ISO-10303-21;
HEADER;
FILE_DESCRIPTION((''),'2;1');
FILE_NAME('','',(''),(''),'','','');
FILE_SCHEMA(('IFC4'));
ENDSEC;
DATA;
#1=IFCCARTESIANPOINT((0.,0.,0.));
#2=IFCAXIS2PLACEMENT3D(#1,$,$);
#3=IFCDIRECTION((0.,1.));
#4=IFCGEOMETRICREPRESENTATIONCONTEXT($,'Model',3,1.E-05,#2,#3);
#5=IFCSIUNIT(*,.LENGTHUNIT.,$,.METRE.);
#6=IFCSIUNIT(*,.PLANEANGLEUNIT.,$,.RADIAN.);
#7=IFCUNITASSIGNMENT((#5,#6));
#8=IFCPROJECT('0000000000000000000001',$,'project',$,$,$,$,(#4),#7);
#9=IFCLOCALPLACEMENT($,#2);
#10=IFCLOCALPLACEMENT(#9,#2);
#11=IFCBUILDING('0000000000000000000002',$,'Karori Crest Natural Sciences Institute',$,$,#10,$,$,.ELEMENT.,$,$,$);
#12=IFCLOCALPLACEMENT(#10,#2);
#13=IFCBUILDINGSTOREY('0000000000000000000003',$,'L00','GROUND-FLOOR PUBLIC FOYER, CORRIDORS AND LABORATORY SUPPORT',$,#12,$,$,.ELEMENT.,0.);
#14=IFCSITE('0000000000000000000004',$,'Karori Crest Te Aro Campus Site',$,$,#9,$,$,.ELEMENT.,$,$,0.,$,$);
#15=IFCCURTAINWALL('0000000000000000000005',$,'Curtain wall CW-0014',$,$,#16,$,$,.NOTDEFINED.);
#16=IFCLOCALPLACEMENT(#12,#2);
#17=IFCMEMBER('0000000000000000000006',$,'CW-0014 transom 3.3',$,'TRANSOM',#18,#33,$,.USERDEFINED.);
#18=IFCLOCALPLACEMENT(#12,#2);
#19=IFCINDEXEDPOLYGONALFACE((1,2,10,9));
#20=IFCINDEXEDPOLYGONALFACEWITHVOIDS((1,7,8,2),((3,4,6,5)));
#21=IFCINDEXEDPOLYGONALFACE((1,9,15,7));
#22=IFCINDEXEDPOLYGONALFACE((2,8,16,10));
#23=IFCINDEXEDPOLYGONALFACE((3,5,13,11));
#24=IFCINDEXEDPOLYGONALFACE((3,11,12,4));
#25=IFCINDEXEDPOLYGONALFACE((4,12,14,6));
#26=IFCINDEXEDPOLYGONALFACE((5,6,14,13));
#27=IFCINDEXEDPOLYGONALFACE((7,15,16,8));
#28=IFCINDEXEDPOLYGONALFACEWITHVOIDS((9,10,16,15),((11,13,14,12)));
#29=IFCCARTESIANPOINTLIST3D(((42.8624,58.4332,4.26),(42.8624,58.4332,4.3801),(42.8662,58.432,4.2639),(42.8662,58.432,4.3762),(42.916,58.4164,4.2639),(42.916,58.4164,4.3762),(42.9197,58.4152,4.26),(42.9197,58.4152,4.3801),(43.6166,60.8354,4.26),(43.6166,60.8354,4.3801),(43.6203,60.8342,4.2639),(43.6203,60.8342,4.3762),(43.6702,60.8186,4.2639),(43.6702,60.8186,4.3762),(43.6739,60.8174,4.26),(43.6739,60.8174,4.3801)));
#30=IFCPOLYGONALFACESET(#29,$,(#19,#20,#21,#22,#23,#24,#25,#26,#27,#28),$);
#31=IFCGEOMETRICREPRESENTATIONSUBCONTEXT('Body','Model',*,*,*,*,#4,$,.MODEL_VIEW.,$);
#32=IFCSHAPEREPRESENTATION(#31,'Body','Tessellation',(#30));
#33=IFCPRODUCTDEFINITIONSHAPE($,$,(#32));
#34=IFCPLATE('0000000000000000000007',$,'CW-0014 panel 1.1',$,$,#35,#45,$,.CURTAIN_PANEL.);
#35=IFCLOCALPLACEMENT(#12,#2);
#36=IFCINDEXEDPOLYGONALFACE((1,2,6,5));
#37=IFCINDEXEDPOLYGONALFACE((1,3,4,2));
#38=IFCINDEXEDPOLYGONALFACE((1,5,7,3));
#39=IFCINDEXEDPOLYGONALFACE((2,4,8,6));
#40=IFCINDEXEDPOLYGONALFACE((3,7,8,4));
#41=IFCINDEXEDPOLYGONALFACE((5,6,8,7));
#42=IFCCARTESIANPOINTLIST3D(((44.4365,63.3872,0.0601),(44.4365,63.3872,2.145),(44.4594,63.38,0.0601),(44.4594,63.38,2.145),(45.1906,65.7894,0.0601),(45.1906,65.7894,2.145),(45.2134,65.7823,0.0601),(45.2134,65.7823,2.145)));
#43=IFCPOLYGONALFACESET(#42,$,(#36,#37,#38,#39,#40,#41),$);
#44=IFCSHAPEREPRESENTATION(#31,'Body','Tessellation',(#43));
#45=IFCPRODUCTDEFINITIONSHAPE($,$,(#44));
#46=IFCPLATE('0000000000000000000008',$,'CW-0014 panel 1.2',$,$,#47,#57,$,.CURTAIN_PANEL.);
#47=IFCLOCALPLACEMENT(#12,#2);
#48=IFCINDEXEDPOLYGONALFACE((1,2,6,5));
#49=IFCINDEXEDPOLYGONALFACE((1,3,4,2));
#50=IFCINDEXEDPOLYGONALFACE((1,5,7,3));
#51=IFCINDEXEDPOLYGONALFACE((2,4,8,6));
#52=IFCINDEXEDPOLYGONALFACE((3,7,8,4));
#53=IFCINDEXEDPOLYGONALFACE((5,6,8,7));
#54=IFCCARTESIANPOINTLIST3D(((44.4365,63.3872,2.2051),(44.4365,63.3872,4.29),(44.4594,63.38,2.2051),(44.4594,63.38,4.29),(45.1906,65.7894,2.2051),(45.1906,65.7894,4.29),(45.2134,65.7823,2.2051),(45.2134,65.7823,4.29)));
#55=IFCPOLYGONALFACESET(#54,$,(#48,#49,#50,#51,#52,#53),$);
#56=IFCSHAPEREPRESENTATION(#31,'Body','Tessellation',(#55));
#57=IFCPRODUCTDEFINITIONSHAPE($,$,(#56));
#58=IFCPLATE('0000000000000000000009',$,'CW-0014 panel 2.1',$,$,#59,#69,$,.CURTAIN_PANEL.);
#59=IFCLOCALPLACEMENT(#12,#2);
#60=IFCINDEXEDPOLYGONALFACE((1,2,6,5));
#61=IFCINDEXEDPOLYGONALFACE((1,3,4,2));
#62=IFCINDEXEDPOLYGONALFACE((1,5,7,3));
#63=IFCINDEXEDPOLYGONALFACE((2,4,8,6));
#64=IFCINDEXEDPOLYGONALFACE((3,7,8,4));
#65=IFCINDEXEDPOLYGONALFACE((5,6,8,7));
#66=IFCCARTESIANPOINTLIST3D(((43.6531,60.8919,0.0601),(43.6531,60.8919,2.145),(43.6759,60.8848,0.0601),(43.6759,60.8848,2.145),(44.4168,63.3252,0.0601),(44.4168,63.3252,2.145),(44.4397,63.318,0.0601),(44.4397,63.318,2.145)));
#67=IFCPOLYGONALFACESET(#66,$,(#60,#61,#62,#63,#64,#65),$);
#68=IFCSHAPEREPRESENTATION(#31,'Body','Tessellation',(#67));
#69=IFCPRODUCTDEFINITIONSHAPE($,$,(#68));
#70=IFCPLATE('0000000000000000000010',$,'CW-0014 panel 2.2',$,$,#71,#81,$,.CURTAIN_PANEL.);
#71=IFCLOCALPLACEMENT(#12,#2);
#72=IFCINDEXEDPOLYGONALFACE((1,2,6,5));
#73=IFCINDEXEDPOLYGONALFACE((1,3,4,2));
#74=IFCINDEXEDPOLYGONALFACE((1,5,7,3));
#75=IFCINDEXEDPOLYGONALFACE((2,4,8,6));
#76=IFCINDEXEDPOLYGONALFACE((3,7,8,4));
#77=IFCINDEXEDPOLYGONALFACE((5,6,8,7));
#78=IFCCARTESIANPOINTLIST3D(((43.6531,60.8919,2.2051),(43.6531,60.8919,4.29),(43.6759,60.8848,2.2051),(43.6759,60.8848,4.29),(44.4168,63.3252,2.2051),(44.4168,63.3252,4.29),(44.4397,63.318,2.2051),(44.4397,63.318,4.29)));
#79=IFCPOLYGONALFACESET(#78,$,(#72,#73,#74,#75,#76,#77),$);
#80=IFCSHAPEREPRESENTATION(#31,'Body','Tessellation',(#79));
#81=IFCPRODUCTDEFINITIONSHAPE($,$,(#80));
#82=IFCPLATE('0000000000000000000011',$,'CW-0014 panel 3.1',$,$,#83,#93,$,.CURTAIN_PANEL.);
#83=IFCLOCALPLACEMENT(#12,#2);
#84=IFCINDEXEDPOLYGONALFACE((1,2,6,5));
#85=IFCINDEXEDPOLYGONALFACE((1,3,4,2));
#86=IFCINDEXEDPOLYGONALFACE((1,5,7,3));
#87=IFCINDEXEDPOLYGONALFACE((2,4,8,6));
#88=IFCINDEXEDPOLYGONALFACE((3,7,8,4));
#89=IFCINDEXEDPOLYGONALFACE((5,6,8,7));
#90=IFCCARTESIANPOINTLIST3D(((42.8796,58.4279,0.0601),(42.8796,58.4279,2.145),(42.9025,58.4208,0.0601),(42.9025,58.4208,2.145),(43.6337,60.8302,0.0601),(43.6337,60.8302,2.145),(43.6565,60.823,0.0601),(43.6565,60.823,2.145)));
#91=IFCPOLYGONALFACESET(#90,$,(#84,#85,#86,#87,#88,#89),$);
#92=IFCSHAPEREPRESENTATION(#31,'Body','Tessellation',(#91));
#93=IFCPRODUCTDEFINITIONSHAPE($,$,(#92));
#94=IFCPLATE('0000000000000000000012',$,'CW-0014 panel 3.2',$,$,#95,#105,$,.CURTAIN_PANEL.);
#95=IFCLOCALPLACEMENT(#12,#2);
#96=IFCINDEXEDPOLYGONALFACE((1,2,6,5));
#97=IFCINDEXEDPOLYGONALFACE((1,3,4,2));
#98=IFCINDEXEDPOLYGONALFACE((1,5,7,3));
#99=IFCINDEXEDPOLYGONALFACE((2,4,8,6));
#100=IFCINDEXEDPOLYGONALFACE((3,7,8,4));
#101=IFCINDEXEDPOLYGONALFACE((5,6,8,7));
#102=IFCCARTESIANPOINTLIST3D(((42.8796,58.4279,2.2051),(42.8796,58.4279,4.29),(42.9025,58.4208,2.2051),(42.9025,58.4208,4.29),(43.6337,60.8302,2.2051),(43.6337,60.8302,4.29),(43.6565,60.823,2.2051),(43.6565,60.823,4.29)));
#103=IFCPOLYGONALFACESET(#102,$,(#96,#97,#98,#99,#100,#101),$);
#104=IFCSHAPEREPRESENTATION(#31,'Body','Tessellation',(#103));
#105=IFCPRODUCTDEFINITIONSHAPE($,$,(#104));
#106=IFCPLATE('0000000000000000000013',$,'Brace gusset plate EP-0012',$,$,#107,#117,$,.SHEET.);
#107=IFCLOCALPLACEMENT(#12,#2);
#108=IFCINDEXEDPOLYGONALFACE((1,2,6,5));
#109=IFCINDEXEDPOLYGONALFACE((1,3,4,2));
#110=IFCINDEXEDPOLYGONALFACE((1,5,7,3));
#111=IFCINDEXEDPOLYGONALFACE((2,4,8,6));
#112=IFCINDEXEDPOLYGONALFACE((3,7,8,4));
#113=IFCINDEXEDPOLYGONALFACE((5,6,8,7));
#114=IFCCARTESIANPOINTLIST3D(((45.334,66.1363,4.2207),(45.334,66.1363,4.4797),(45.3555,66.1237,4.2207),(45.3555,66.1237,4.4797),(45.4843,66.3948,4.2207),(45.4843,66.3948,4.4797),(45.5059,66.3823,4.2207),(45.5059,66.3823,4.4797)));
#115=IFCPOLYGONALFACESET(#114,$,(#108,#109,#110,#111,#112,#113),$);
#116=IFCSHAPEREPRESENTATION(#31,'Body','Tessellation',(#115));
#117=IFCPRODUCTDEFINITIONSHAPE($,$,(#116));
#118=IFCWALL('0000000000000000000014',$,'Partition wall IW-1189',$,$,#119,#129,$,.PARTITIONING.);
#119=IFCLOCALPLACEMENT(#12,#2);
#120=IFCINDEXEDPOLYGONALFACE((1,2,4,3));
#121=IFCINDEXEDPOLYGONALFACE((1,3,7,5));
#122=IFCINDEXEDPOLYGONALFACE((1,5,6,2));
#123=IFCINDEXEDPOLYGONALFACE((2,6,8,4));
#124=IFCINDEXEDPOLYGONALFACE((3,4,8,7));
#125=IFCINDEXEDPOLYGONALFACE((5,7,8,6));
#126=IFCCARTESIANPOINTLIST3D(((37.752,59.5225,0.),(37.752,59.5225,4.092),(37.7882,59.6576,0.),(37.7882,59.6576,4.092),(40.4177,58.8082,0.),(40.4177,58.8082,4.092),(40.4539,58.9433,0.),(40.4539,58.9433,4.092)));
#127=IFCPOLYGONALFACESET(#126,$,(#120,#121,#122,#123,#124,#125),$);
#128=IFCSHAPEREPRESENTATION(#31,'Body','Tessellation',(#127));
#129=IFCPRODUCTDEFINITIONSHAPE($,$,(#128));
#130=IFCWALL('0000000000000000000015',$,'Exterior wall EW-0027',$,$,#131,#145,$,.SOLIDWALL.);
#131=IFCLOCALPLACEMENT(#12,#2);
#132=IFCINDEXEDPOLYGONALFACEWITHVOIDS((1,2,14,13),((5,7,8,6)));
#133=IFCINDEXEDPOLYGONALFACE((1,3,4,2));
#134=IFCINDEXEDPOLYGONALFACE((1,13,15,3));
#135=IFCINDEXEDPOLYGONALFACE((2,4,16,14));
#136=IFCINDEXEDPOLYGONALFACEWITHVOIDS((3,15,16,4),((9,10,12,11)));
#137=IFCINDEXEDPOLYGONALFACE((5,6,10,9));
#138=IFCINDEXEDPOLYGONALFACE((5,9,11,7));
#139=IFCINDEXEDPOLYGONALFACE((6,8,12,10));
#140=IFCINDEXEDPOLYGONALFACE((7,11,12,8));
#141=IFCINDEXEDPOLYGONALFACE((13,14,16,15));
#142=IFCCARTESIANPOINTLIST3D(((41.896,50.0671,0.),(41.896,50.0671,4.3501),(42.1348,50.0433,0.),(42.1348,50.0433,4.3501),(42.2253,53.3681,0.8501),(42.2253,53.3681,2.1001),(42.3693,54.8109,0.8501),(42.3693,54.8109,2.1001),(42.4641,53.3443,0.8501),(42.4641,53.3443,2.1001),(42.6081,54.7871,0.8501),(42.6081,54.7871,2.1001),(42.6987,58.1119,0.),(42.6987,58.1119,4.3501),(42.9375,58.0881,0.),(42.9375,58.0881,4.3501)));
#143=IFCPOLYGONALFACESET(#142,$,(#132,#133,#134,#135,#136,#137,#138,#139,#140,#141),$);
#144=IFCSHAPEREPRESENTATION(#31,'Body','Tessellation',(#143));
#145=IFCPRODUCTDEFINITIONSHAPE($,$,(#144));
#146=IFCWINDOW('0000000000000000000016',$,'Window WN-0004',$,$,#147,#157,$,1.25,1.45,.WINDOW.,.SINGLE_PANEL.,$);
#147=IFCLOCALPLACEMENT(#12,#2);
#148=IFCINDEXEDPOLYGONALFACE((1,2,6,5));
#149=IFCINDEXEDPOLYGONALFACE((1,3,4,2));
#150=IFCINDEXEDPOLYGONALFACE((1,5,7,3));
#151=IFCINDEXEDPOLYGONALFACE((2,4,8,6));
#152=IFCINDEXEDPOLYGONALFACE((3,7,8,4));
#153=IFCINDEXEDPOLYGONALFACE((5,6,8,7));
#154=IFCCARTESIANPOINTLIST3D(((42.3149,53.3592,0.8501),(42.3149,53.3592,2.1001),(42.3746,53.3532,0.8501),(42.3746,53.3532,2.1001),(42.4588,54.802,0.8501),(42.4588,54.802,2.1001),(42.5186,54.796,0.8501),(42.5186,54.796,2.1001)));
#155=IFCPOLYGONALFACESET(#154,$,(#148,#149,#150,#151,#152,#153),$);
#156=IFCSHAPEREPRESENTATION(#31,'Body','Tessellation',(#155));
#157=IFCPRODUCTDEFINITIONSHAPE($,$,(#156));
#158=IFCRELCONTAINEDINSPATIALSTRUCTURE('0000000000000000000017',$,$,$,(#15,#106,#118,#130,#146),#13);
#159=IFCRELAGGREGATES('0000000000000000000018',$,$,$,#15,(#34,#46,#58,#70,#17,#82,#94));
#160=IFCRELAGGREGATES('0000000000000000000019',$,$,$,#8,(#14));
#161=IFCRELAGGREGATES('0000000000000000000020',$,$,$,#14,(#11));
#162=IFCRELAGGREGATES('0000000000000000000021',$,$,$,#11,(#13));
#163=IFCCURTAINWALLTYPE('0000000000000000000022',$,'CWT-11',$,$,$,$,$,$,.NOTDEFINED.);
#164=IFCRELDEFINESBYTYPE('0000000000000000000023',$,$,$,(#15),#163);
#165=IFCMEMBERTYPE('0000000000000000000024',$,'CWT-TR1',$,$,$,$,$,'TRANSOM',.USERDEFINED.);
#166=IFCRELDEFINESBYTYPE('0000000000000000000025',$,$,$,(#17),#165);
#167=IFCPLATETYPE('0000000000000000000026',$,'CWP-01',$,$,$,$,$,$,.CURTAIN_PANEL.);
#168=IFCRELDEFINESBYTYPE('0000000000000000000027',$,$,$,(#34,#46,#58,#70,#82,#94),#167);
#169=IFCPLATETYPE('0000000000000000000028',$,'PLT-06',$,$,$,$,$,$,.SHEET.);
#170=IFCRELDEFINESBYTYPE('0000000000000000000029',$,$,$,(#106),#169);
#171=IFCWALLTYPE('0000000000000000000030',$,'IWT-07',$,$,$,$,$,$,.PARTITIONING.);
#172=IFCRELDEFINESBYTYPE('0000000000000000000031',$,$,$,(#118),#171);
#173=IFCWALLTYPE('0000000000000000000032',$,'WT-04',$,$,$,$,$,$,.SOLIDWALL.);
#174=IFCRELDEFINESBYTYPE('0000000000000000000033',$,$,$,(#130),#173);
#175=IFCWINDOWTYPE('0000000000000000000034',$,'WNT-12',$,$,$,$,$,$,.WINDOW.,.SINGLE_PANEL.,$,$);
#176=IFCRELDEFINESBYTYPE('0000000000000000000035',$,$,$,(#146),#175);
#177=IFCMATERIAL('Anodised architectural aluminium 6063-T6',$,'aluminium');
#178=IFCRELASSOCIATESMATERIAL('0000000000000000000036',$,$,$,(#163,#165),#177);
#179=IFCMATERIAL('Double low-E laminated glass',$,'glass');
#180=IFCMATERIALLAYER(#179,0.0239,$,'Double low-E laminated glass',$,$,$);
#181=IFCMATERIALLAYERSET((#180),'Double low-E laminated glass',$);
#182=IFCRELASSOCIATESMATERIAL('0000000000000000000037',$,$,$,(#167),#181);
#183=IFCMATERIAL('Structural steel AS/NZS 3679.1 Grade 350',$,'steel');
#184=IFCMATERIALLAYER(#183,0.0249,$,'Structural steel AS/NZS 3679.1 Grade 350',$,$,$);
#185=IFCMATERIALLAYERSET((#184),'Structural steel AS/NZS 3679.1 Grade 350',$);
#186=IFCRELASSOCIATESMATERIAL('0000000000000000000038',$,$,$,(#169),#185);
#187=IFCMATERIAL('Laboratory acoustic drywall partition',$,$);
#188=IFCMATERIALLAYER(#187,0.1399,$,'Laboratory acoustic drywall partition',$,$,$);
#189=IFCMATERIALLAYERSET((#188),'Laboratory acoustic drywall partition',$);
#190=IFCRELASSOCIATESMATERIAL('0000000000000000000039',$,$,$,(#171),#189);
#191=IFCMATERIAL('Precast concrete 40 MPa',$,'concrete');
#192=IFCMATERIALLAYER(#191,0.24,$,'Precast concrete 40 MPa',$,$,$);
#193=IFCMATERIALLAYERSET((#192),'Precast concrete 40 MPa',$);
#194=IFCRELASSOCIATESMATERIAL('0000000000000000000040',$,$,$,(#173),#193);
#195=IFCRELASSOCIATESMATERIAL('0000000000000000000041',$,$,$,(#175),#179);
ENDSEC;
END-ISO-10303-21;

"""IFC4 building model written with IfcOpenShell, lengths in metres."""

from ifc_helpers import new_model, si_unit, direction, frame, frame_2d, origin, origin_2d, place, context, subcontext, project, spatial, rectangle, hollow_rectangle, extrude, material, layer, layer_set, material_profile, profile_set, type_object, element, fill, aggregate, save


model = new_model("IFC4")

# Units and contexts
model_context = context("Model", 3, precision=1e-05, world=origin(), true_north=direction((0.0, 1.0)))
body_context = subcontext(model_context, "Body", "Model", "MODEL_VIEW")
ifc_project = project(units=[si_unit("LENGTHUNIT", "METRE"), si_unit("PLANEANGLEUNIT", "RADIAN")], contexts=[model_context])

# Site, building, storey
site_placement = place(None, origin())
site = spatial("IfcSite", under=ifc_project, at=site_placement, Name="Karori Crest Te Aro Campus Site", CompositionType="ELEMENT", RefElevation=0.0)
building_placement = place(site_placement, origin())
building = spatial("IfcBuilding", under=site, at=building_placement, Name="Karori Crest Natural Sciences Institute", CompositionType="ELEMENT")
storey_placement = place(building_placement, origin())
storey = spatial("IfcBuildingStorey", under=building, at=storey_placement, Name="L00", Description="GROUND-FLOOR PUBLIC FOYER, CORRIDORS AND LABORATORY SUPPORT", CompositionType="ELEMENT", Elevation=0.0)

# Shared definitions
ifc_material_1 = material(Name="Structural steel AS/NZS 3679.1 Grade 350", Category="steel")

# Curtain wall
ifc_material_2 = material(Name="Anodised architectural aluminium 6063-T6", Category="aluminium")
curtain_wall_type_1 = type_object("IfcCurtainWallType", Name="CWT-11", PredefinedType="NOTDEFINED", material=ifc_material_2)
curtain_wall_1_placement = place(storey_placement, origin())
curtain_wall_1 = element("IfcCurtainWall", 1, at=curtain_wall_1_placement, inside=storey, type_object=curtain_wall_type_1, Name="Curtain wall CW-0014", PredefinedType="NOTDEFINED")

# Member
ifc_material_profile_1 = material_profile(ifc_material_2, hollow_rectangle(XDim=0.0601, YDim=0.1201, WallThickness=0.0039, at=origin_2d()), Name="CWT120x60x4")
ifc_profile_set_1 = profile_set([ifc_material_profile_1], Name="Anodised architectural aluminium 6063-T6")
member_type_1 = type_object("IfcMemberType", Name="CWT-TR1", ElementType="TRANSOM", PredefinedType="USERDEFINED", material=ifc_profile_set_1)
member_1_placement = place(storey_placement, frame((43.6453, 60.8264, 4.3201), z_axis=(-0.299539, -0.954084, 0.0), x_axis=(0.954084, -0.299539, 0.0)))
member_1 = element("IfcMember", 2, at=member_1_placement, type_object=member_type_1, Name="CW-0014 transom 3.3", ObjectType="TRANSOM", PredefinedType="USERDEFINED", context=body_context, shape_type="SweptSolid", body=[
    extrude(hollow_rectangle(XDim=0.0601, YDim=0.1201, WallThickness=0.0039, at=origin_2d()), origin(), (0.0, 0.0, 1.0), 2.5178),
])

# Plates
ifc_material_3 = material(Name="Double low-E laminated glass", Category="glass")
ifc_layer_1 = layer(ifc_material_3, 0.0239, Name="Double low-E laminated glass")
ifc_layer_set_1 = layer_set([ifc_layer_1], Name="Double low-E laminated glass")
plate_type_1 = type_object("IfcPlateType", Name="CWP-01", PredefinedType="CURTAIN_PANEL", material=ifc_layer_set_1)
plate_1_placement = place(storey_placement, frame((44.825, 64.5847, 0.0601), z_axis=(0.0, 0.0, 1.0), x_axis=(-0.299477, -0.954104, 0.0)))
plate_1 = element("IfcPlate", 3, at=plate_1_placement, type_object=plate_type_1, Name="CW-0014 panel 1.1", PredefinedType="CURTAIN_PANEL", context=body_context, shape_type="SweptSolid", body=[
    extrude(rectangle(XDim=2.5178, YDim=0.0239, at=origin_2d()), origin(), (0.0, 0.0, 1.0), 2.085),
])
plate_2_placement = place(storey_placement, frame((44.825, 64.5847, 2.2051), z_axis=(0.0, 0.0, 1.0), x_axis=(-0.299477, -0.954104, 0.0)))
plate_2 = element("IfcPlate", 4, at=plate_2_placement, type_object=plate_type_1, Name="CW-0014 panel 1.2", PredefinedType="CURTAIN_PANEL", context=body_context, shape_type="SweptSolid", body=[
    extrude(rectangle(XDim=2.5178, YDim=0.0239, at=origin_2d()), origin(), (0.0, 0.0, 1.0), 2.085),
])
plate_3_placement = place(storey_placement, frame((44.0464, 62.105, 0.0601), z_axis=(0.0, 0.0, 1.0), x_axis=(-0.299477, -0.954104, 0.0)))
plate_3 = element("IfcPlate", 5, at=plate_3_placement, type_object=plate_type_1, Name="CW-0014 panel 2.1", PredefinedType="CURTAIN_PANEL", context=body_context, shape_type="SweptSolid", body=[
    extrude(rectangle(XDim=2.5503, YDim=0.0239, at=origin_2d()), origin(), (0.0, 0.0, 1.0), 2.085),
])
plate_4_placement = place(storey_placement, frame((44.0464, 62.105, 2.2051), z_axis=(0.0, 0.0, 1.0), x_axis=(-0.299477, -0.954104, 0.0)))
plate_4 = element("IfcPlate", 6, at=plate_4_placement, type_object=plate_type_1, Name="CW-0014 panel 2.2", PredefinedType="CURTAIN_PANEL", context=body_context, shape_type="SweptSolid", body=[
    extrude(rectangle(XDim=2.5503, YDim=0.0239, at=origin_2d()), origin(), (0.0, 0.0, 1.0), 2.085),
])
plate_5_placement = place(storey_placement, frame((43.2681, 59.6255, 0.0601), z_axis=(0.0, 0.0, 1.0), x_axis=(-0.299477, -0.954104, 0.0)))
plate_5 = element("IfcPlate", 7, at=plate_5_placement, type_object=plate_type_1, Name="CW-0014 panel 3.1", PredefinedType="CURTAIN_PANEL", context=body_context, shape_type="SweptSolid", body=[
    extrude(rectangle(XDim=2.5178, YDim=0.0239, at=origin_2d()), origin(), (0.0, 0.0, 1.0), 2.085),
])
plate_6_placement = place(storey_placement, frame((43.2681, 59.6255, 2.2051), z_axis=(0.0, 0.0, 1.0), x_axis=(-0.299477, -0.954104, 0.0)))
plate_6 = element("IfcPlate", 8, at=plate_6_placement, type_object=plate_type_1, Name="CW-0014 panel 3.2", PredefinedType="CURTAIN_PANEL", context=body_context, shape_type="SweptSolid", body=[
    extrude(rectangle(XDim=2.5178, YDim=0.0239, at=origin_2d()), origin(), (0.0, 0.0, 1.0), 2.085),
])
aggregate(curtain_wall_1, [plate_1, plate_2, plate_3, plate_4, member_1, plate_5, plate_6])
ifc_layer_2 = layer(ifc_material_1, 0.0249, Name="Structural steel AS/NZS 3679.1 Grade 350")
ifc_layer_set_2 = layer_set([ifc_layer_2], Name="Structural steel AS/NZS 3679.1 Grade 350")
plate_type_2 = type_object("IfcPlateType", Name="PLT-06", PredefinedType="SHEET", material=ifc_layer_set_2)
plate_7_placement = place(storey_placement, frame((45.4199, 66.2593, 4.2207), z_axis=(0.0, 0.0, 1.0), x_axis=(0.502652, 0.864489, 0.0)))
element("IfcPlate", 9, at=plate_7_placement, inside=storey, type_object=plate_type_2, Name="Brace gusset plate EP-0012", PredefinedType="SHEET", context=body_context, shape_type="SweptSolid", body=[
    extrude(rectangle(XDim=0.2991, YDim=0.0249, at=origin_2d()), origin(), (0.0, 0.0, 1.0), 0.259),
])

# Wall
ifc_material_4 = material(Name="Laboratory acoustic drywall partition")
ifc_layer_3 = layer(ifc_material_4, 0.1399, Name="Laboratory acoustic drywall partition")
ifc_layer_set_3 = layer_set([ifc_layer_3], Name="Laboratory acoustic drywall partition")
wall_type_1 = type_object("IfcWallType", Name="IWT-07", PredefinedType="PARTITIONING", material=ifc_layer_set_3)
wall_1_placement = place(storey_placement, frame((40.4358, 58.8757, 0.0), z_axis=(0.0, 0.0, 1.0), x_axis=(-0.96592, 0.258841, 0.0)))
element("IfcWall", 10, at=wall_1_placement, inside=storey, type_object=wall_type_1, Name="Partition wall IW-1189", PredefinedType="PARTITIONING", context=body_context, shape_type="SweptSolid", body=[
    extrude(rectangle(XDim=2.7598, YDim=0.1399, at=frame_2d((1.3799, 0.0))), origin(), (0.0, 0.0, 1.0), 4.092),
])

# Wall, opening, window
ifc_material_5 = material(Name="Precast concrete 40 MPa", Category="concrete")
ifc_layer_4 = layer(ifc_material_5, 0.24, Name="Precast concrete 40 MPa")
ifc_layer_set_4 = layer_set([ifc_layer_4], Name="Precast concrete 40 MPa")
wall_type_2 = type_object("IfcWallType", Name="WT-04", PredefinedType="SOLIDWALL", material=ifc_layer_set_4)
wall_2_placement = place(storey_placement, frame((42.8181, 58.1001, 0.0), z_axis=(0.0, 0.0, 1.0), x_axis=(-0.099291, -0.995058, 0.0)))
wall_2 = element("IfcWall", 11, at=wall_2_placement, inside=storey, type_object=wall_type_2, Name="Exterior wall EW-0027", PredefinedType="SOLIDWALL", context=body_context, shape_type="SweptSolid", body=[
    extrude(rectangle(XDim=8.0847, YDim=0.24, at=frame_2d((4.0425, 0.0))), origin(), (0.0, 0.0, 1.0), 4.3501),
])
opening_placement = place(wall_2_placement, frame((3.3174, 0.0, 0.8501)))
opening = element("IfcOpeningElement", 12, at=opening_placement, cuts=wall_2, PredefinedType="OPENING", context=body_context, shape_type="SweptSolid", body=[
    extrude(rectangle(XDim=1.45, YDim=1.25, at=frame_2d((0.7251, 0.625))), frame((0.0, 0.1299, 0.0), z_axis=(0.0, -1.0, 0.0), x_axis=(1.0, 0.0, 0.0)), (0.0, 0.0, 1.0), 0.26),
])
window_type = type_object("IfcWindowType", Name="WNT-12", PartitioningType="SINGLE_PANEL", PredefinedType="WINDOW", material=ifc_material_3)
window_placement = place(opening_placement, origin())
window = element("IfcWindow", 13, at=window_placement, inside=storey, type_object=window_type, Name="Window WN-0004", OverallHeight=1.25, OverallWidth=1.45, PartitioningType="SINGLE_PANEL", PredefinedType="WINDOW", context=body_context, shape_type="SweptSolid", body=[
    extrude(rectangle(XDim=1.45, YDim=1.25, at=frame_2d((0.7251, 0.625))), frame((0.0, 0.03, 0.0), z_axis=(0.0, -1.0, 0.0), x_axis=(1.0, 0.0, 0.0)), (0.0, 0.0, 1.0), 0.0601),
])
fill(opening, window)

save(model, "model.ifc")
